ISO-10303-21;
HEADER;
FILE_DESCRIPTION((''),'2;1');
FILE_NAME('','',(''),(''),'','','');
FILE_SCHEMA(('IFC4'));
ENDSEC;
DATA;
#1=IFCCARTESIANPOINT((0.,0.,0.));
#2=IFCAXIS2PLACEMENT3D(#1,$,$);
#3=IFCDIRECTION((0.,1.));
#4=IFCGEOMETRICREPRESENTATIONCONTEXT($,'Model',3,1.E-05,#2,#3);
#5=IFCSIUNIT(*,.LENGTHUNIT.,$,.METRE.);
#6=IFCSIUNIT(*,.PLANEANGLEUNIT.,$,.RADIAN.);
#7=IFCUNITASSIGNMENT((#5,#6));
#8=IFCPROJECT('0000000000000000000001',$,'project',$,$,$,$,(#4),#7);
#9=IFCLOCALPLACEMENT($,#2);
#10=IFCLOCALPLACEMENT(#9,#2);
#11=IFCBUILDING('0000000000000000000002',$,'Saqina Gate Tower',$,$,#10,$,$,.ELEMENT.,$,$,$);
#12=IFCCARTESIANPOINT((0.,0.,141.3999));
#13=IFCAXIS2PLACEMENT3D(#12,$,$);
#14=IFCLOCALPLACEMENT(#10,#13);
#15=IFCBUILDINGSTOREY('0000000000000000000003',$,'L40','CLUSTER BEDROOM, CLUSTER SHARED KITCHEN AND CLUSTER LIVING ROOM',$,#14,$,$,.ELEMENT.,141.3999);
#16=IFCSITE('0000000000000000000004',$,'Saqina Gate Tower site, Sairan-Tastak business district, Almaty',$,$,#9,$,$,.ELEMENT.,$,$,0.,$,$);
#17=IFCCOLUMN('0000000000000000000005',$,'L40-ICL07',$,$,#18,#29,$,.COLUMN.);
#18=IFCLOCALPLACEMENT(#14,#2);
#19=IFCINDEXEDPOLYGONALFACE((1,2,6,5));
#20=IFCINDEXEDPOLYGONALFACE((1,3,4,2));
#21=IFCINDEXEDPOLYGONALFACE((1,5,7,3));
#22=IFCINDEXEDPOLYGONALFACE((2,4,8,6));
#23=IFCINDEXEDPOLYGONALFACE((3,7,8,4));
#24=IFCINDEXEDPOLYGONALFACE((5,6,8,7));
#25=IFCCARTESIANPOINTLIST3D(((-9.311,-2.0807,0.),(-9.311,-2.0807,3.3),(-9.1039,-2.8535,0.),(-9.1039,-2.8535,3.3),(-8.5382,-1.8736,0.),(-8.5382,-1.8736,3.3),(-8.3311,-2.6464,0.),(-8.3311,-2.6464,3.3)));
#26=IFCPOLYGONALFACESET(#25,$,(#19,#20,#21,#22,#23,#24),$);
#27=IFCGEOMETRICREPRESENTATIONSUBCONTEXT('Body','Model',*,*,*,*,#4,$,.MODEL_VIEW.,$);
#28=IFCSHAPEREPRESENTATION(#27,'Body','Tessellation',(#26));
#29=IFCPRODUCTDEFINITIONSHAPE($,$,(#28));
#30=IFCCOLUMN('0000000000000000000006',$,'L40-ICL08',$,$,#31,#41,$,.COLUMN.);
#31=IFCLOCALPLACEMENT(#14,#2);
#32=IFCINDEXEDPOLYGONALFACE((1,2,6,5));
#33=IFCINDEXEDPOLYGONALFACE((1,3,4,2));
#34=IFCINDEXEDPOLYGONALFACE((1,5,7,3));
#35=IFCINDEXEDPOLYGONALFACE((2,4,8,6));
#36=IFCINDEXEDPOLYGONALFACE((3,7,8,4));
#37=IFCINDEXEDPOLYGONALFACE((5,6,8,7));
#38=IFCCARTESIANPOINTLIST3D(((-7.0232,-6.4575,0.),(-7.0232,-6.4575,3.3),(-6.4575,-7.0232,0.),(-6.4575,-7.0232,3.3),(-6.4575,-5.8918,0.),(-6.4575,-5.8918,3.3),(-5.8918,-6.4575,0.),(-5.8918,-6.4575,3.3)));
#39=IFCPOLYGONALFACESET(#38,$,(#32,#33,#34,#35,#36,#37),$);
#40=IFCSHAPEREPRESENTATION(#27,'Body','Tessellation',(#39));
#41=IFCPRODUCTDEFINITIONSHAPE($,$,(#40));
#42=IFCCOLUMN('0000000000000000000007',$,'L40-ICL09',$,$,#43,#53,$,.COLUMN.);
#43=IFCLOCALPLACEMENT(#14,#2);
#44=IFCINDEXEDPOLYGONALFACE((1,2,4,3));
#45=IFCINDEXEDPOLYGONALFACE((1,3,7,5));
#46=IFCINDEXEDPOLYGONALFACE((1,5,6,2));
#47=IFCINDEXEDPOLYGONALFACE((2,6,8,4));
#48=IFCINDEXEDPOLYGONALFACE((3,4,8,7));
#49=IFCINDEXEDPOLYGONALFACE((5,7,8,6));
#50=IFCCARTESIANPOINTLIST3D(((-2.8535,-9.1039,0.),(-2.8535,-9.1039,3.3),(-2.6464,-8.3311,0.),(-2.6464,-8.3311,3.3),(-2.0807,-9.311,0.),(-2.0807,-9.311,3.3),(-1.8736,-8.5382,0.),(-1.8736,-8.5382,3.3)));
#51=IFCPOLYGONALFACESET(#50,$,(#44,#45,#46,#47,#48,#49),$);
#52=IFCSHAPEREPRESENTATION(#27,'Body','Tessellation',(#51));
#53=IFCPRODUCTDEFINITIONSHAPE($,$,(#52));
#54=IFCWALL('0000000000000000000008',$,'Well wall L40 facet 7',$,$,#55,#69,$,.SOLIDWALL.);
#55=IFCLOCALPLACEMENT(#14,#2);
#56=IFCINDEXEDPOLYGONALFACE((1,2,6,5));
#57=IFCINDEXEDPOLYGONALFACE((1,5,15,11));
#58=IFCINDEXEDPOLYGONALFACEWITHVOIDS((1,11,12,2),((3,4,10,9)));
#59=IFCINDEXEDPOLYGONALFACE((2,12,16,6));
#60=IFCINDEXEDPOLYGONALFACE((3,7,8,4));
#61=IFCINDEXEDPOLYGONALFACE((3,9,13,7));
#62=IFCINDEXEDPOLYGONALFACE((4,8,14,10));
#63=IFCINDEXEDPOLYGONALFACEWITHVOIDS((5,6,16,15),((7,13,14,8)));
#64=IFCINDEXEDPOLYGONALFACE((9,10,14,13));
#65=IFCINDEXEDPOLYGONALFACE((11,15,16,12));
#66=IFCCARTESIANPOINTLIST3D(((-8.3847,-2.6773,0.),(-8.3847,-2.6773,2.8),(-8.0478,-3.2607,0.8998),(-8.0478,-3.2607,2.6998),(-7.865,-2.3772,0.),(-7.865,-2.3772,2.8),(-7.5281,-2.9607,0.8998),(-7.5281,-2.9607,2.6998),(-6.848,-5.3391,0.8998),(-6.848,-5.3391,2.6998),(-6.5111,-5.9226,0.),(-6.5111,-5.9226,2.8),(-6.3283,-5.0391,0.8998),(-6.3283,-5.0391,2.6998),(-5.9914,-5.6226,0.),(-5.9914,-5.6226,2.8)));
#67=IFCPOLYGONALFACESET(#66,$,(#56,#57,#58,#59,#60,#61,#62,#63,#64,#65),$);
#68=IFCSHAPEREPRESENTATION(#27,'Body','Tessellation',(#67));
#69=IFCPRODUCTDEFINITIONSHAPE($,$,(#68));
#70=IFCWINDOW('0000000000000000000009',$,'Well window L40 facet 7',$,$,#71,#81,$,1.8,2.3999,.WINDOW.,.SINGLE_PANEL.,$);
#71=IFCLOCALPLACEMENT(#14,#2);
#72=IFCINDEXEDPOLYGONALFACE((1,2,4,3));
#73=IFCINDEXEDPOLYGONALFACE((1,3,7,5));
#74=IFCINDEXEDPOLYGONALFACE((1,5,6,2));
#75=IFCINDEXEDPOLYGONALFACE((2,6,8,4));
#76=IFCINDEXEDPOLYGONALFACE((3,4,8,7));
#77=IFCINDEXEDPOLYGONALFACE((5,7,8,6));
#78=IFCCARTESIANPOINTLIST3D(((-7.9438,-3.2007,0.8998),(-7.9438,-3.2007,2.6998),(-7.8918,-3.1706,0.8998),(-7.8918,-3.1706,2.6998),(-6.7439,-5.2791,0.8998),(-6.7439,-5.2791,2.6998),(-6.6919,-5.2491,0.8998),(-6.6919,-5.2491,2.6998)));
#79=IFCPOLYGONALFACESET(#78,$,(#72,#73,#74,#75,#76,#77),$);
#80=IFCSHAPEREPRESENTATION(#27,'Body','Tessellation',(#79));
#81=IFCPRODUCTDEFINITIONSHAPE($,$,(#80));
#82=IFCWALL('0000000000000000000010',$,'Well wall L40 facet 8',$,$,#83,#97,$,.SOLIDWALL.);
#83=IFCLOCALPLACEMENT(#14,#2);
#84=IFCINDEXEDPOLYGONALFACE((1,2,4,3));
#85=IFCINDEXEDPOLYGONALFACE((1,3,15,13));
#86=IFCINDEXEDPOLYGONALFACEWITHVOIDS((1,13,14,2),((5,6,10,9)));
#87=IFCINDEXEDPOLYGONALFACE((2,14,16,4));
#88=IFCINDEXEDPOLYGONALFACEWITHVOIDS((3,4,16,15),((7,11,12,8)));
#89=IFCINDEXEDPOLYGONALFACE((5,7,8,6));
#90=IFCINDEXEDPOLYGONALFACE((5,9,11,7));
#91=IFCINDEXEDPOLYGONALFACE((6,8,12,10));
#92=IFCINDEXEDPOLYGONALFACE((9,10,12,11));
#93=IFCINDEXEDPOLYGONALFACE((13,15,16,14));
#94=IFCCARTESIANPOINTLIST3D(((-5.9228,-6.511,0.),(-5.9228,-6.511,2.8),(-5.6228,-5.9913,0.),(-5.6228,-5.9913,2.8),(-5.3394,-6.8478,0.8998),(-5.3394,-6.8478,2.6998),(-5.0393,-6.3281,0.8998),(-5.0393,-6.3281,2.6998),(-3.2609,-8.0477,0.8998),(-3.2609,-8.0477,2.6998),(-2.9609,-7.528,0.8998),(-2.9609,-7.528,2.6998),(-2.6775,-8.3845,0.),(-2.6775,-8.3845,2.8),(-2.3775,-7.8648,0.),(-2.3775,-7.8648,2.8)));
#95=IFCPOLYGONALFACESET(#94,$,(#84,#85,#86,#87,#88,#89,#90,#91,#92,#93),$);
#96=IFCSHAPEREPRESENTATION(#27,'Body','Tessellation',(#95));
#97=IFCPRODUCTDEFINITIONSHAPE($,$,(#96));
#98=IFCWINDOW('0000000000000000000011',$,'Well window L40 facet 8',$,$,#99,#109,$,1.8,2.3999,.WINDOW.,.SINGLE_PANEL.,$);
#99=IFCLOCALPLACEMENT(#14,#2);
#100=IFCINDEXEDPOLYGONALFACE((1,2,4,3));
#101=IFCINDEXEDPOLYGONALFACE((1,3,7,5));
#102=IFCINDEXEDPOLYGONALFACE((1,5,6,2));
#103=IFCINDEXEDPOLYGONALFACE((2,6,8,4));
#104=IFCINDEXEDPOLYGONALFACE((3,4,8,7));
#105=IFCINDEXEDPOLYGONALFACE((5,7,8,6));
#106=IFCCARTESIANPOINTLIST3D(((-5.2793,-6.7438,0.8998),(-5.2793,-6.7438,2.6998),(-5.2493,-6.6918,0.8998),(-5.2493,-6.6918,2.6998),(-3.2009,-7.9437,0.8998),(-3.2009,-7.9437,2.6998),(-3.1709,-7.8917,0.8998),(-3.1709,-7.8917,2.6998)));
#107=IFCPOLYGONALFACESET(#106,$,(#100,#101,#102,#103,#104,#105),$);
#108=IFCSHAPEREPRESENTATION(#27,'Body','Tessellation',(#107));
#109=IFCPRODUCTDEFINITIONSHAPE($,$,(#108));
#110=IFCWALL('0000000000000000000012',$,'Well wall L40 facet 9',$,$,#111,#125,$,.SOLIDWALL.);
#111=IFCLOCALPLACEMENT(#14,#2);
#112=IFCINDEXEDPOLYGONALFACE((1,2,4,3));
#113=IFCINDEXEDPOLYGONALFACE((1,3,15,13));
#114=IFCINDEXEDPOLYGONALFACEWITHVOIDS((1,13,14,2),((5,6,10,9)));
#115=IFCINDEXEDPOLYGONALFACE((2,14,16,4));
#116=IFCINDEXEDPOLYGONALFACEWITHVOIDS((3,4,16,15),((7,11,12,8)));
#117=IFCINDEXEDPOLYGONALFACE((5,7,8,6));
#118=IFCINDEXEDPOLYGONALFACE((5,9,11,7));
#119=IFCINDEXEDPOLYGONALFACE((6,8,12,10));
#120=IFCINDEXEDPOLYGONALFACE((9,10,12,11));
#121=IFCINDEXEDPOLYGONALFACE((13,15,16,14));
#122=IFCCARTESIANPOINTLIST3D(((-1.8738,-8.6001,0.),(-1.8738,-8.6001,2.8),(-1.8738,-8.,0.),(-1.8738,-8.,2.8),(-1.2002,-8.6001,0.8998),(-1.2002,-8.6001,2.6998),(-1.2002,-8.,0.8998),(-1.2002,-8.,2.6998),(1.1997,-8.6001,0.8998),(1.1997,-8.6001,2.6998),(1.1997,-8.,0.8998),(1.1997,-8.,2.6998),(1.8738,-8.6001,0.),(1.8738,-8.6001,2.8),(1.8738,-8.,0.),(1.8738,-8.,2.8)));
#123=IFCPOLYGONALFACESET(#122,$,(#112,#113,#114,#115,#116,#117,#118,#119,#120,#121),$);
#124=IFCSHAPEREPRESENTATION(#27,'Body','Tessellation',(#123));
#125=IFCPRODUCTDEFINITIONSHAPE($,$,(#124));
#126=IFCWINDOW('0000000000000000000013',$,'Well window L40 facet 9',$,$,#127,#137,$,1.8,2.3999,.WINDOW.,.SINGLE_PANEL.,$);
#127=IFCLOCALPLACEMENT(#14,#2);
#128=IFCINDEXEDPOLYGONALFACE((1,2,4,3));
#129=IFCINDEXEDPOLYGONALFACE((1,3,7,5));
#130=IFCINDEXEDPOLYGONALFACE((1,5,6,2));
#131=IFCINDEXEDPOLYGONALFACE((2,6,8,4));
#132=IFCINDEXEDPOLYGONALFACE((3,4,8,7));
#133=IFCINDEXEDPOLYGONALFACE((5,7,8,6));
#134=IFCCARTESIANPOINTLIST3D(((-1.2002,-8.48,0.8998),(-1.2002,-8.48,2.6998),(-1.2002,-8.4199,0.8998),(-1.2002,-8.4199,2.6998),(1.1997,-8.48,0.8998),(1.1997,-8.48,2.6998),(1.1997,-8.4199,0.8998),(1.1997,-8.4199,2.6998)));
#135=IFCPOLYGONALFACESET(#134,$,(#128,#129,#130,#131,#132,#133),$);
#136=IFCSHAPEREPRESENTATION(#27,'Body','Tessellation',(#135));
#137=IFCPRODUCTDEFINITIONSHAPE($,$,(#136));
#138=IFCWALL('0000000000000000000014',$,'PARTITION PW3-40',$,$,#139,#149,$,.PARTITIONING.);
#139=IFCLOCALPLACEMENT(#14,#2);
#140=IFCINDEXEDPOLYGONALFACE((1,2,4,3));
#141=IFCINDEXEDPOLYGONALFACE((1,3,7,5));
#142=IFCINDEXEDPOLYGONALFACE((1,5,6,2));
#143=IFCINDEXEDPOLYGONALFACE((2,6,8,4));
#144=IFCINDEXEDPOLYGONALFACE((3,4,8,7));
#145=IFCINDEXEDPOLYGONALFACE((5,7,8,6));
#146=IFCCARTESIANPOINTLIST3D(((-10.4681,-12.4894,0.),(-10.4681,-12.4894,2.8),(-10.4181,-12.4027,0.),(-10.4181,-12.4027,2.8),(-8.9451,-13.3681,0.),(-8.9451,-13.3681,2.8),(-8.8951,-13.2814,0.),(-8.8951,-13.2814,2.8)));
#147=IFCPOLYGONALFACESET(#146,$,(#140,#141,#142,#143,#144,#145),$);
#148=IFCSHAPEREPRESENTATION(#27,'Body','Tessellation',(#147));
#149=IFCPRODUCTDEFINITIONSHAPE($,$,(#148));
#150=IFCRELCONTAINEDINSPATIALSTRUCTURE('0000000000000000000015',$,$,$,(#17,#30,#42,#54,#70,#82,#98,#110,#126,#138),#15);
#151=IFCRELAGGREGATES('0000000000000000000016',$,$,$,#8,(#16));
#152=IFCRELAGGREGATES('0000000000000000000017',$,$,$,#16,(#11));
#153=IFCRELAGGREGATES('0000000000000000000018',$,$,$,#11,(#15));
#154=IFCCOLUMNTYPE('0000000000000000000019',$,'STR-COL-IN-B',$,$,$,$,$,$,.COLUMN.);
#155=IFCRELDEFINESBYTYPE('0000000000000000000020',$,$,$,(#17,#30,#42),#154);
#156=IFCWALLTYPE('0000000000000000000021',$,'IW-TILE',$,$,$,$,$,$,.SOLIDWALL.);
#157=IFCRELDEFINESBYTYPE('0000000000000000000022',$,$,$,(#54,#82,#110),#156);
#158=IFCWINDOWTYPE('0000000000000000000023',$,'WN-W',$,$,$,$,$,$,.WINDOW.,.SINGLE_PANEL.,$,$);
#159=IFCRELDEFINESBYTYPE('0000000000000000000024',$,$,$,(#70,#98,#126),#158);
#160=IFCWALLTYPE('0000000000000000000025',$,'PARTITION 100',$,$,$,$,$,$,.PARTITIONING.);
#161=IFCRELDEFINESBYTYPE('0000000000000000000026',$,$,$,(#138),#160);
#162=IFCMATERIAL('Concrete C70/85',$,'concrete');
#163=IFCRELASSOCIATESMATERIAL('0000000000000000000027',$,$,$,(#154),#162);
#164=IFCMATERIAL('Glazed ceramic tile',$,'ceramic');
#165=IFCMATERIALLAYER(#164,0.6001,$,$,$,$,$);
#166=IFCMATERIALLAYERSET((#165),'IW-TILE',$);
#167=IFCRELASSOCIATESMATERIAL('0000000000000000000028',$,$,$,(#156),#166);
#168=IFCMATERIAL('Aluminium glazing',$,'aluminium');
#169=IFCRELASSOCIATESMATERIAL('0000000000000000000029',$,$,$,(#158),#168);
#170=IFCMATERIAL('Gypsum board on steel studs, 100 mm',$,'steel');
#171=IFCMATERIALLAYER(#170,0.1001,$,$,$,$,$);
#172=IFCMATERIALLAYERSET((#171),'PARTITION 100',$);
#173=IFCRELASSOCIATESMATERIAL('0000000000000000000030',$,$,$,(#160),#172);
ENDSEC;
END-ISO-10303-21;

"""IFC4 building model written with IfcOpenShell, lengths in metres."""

from ifc_helpers import new_model, si_unit, direction, frame, frame_2d, origin, origin_2d, place, context, subcontext, project, spatial, rectangle, extrude, material, layer, layer_set, material_profile, profile_set, type_object, element, fill, save


model = new_model("IFC4")

# Units and contexts
model_context = context("Model", 3, precision=1e-05, world=origin(), true_north=direction((0.0, 1.0)))
body_context = subcontext(model_context, "Body", "Model", "MODEL_VIEW")
ifc_project = project(units=[si_unit("LENGTHUNIT", "METRE"), si_unit("PLANEANGLEUNIT", "RADIAN")], contexts=[model_context])

# Site, building, storey
site_placement = place(None, origin())
site = spatial("IfcSite", under=ifc_project, at=site_placement, Name="Saqina Gate Tower site, Sairan-Tastak business district, Almaty", CompositionType="ELEMENT", RefElevation=0.0)
building_placement = place(site_placement, origin())
building = spatial("IfcBuilding", under=site, at=building_placement, Name="Saqina Gate Tower", CompositionType="ELEMENT")
storey_placement = place(building_placement, frame((0.0, 0.0, 141.3999)))
storey = spatial("IfcBuildingStorey", under=building, at=storey_placement, Name="L40", Description="CLUSTER BEDROOM, CLUSTER SHARED KITCHEN AND CLUSTER LIVING ROOM", CompositionType="ELEMENT", Elevation=141.3999)

# Columns
ifc_material_1 = material(Name="Concrete C70/85", Category="concrete")
ifc_material_profile = material_profile(ifc_material_1, rectangle(XDim=0.8, YDim=0.8, at=origin_2d()), Name="RC 800x800")
ifc_profile_set = profile_set([ifc_material_profile], Name="Concrete C70/85")
column_type = type_object("IfcColumnType", Name="STR-COL-IN-B", PredefinedType="COLUMN", material=ifc_profile_set)
for number, where, z_axis, x_axis, name in (
    (1, (-8.821, -2.3635, 0.0), (0.0, 0.0, 1.0), (-0.965926, -0.258819, 0.0), "L40-ICL07"),
    (2, (-6.4575, -6.4575, 0.0), (0.0, 0.0, 1.0), (-0.707107, -0.707107, 0.0), "L40-ICL08"),
    (3, (-2.3635, -8.821, 0.0), (0.0, 0.0, 1.0), (-0.258819, -0.965926, 0.0), "L40-ICL09"),
):
    element("IfcColumn", number, at=place(storey_placement, frame(where, z_axis=z_axis, x_axis=x_axis)), inside=storey, type_object=column_type, Name=name, PredefinedType="COLUMN", context=body_context, shape_type="SweptSolid", body=[
        extrude(rectangle(XDim=0.8, YDim=0.8, at=origin_2d()), origin(), (0.0, 0.0, 1.0), 3.3),
    ])

# Walls, openings, windows
ifc_material_2 = material(Name="Glazed ceramic tile", Category="ceramic")
ifc_layer_1 = layer(ifc_material_2, 0.6001)
ifc_layer_set_1 = layer_set([ifc_layer_1], Name="IW-TILE")
wall_type_1 = type_object("IfcWallType", Name="IW-TILE", PredefinedType="SOLIDWALL", material=ifc_layer_set_1)
wall_1_placement = place(storey_placement, frame((-8.1248, -2.5273, 0.0), z_axis=(0.0, 0.0, 1.0), x_axis=(0.499965, -0.866046, 0.0)))
wall_1 = element("IfcWall", 4, at=wall_1_placement, inside=storey, type_object=wall_type_1, Name="Well wall L40 facet 7", PredefinedType="SOLIDWALL", context=body_context, shape_type="SweptSolid", body=[
    extrude(rectangle(XDim=3.7473, YDim=0.6001, at=frame_2d((1.8735, 0.0))), origin(), (0.0, 0.0, 1.0), 2.8),
])
opening_1_placement = place(wall_1_placement, frame((0.6736, 0.0, 0.8999)))
opening_1 = element("IfcOpeningElement", 5, at=opening_1_placement, cuts=wall_1, PredefinedType="OPENING", context=body_context, shape_type="SweptSolid", body=[
    extrude(rectangle(XDim=2.3999, YDim=1.8, at=frame_2d((1.2, 0.8999))), frame((0.0, 0.312, 0.0), z_axis=(0.0, -1.0, 0.0), x_axis=(1.0, 0.0, 0.0)), (0.0, 0.0, 1.0), 0.624),
])
ifc_material_3 = material(Name="Aluminium glazing", Category="aluminium")
window_type = type_object("IfcWindowType", Name="WN-W", PartitioningType="SINGLE_PANEL", PredefinedType="WINDOW", material=ifc_material_3)
window_1_placement = place(opening_1_placement, origin())
window_1 = element("IfcWindow", 6, at=window_1_placement, inside=storey, type_object=window_type, Name="Well window L40 facet 7", OverallHeight=1.8, OverallWidth=2.3999, PartitioningType="SINGLE_PANEL", PredefinedType="WINDOW", context=body_context, shape_type="SweptSolid", body=[
    extrude(rectangle(XDim=2.3999, YDim=1.8, at=frame_2d((1.2, 0.8999))), frame((0.0, -0.1199, 0.0), z_axis=(0.0, -1.0, 0.0), x_axis=(1.0, 0.0, 0.0)), (0.0, 0.0, 1.0), 0.0601),
])
fill(opening_1, window_1)
wall_2_placement = place(storey_placement, frame((-5.7727, -6.2512, 0.0), z_axis=(0.0, 0.0, 1.0), x_axis=(0.866046, -0.499965, 0.0)))
wall_2 = element("IfcWall", 7, at=wall_2_placement, inside=storey, type_object=wall_type_1, Name="Well wall L40 facet 8", PredefinedType="SOLIDWALL", context=body_context, shape_type="SweptSolid", body=[
    extrude(rectangle(XDim=3.7473, YDim=0.6001, at=frame_2d((1.8735, 0.0))), origin(), (0.0, 0.0, 1.0), 2.8),
])
opening_2_placement = place(wall_2_placement, frame((0.6736, 0.0, 0.8999)))
opening_2 = element("IfcOpeningElement", 8, at=opening_2_placement, cuts=wall_2, PredefinedType="OPENING", context=body_context, shape_type="SweptSolid", body=[
    extrude(rectangle(XDim=2.3999, YDim=1.8, at=frame_2d((1.2, 0.8999))), frame((0.0, 0.312, 0.0), z_axis=(0.0, -1.0, 0.0), x_axis=(1.0, 0.0, 0.0)), (0.0, 0.0, 1.0), 0.624),
])
window_2_placement = place(opening_2_placement, origin())
window_2 = element("IfcWindow", 9, at=window_2_placement, inside=storey, type_object=window_type, Name="Well window L40 facet 8", OverallHeight=1.8, OverallWidth=2.3999, PartitioningType="SINGLE_PANEL", PredefinedType="WINDOW", context=body_context, shape_type="SweptSolid", body=[
    extrude(rectangle(XDim=2.3999, YDim=1.8, at=frame_2d((1.2, 0.8999))), frame((0.0, -0.1199, 0.0), z_axis=(0.0, -1.0, 0.0), x_axis=(1.0, 0.0, 0.0)), (0.0, 0.0, 1.0), 0.0601),
])
fill(opening_2, window_2)
wall_3_placement = place(storey_placement, frame((-1.8738, -8.3, 0.0), z_axis=(0.0, 0.0, 1.0), x_axis=(1.0, 0.0, 0.0)))
wall_3 = element("IfcWall", 10, at=wall_3_placement, inside=storey, type_object=wall_type_1, Name="Well wall L40 facet 9", PredefinedType="SOLIDWALL", context=body_context, shape_type="SweptSolid", body=[
    extrude(rectangle(XDim=3.7476, YDim=0.6001, at=frame_2d((1.8738, 0.0))), origin(), (0.0, 0.0, 1.0), 2.8),
])
opening_3_placement = place(wall_3_placement, frame((0.6736, 0.0, 0.8999)))
opening_3 = element("IfcOpeningElement", 11, at=opening_3_placement, cuts=wall_3, PredefinedType="OPENING", context=body_context, shape_type="SweptSolid", body=[
    extrude(rectangle(XDim=2.3999, YDim=1.8, at=frame_2d((1.2, 0.8999))), frame((0.0, 0.312, 0.0), z_axis=(0.0, -1.0, 0.0), x_axis=(1.0, 0.0, 0.0)), (0.0, 0.0, 1.0), 0.624),
])
window_3_placement = place(opening_3_placement, origin())
window_3 = element("IfcWindow", 12, at=window_3_placement, inside=storey, type_object=window_type, Name="Well window L40 facet 9", OverallHeight=1.8, OverallWidth=2.3999, PartitioningType="SINGLE_PANEL", PredefinedType="WINDOW", context=body_context, shape_type="SweptSolid", body=[
    extrude(rectangle(XDim=2.3999, YDim=1.8, at=frame_2d((1.2, 0.8999))), frame((0.0, -0.1199, 0.0), z_axis=(0.0, -1.0, 0.0), x_axis=(1.0, 0.0, 0.0)), (0.0, 0.0, 1.0), 0.0601),
])
fill(opening_3, window_3)

# Wall
ifc_material_4 = material(Name="Gypsum board on steel studs, 100 mm", Category="steel")
ifc_layer_2 = layer(ifc_material_4, 0.1001)
ifc_layer_set_2 = layer_set([ifc_layer_2], Name="PARTITION 100")
wall_type_2 = type_object("IfcWallType", Name="PARTITION 100", PredefinedType="PARTITIONING", material=ifc_layer_set_2)
wall_4_placement = place(storey_placement, frame((-10.4431, -12.446, 0.0), z_axis=(0.0, 0.0, 1.0), x_axis=(0.866176, -0.499738, 0.0)))
element("IfcWall", 13, at=wall_4_placement, inside=storey, type_object=wall_type_2, Name="PARTITION PW3-40", PredefinedType="PARTITIONING", context=body_context, shape_type="SweptSolid", body=[
    extrude(rectangle(XDim=1.7583, YDim=0.1001, at=frame_2d((0.8792, 0.0))), origin(), (0.0, 0.0, 1.0), 2.8),
])

save(model, "model.ifc")
